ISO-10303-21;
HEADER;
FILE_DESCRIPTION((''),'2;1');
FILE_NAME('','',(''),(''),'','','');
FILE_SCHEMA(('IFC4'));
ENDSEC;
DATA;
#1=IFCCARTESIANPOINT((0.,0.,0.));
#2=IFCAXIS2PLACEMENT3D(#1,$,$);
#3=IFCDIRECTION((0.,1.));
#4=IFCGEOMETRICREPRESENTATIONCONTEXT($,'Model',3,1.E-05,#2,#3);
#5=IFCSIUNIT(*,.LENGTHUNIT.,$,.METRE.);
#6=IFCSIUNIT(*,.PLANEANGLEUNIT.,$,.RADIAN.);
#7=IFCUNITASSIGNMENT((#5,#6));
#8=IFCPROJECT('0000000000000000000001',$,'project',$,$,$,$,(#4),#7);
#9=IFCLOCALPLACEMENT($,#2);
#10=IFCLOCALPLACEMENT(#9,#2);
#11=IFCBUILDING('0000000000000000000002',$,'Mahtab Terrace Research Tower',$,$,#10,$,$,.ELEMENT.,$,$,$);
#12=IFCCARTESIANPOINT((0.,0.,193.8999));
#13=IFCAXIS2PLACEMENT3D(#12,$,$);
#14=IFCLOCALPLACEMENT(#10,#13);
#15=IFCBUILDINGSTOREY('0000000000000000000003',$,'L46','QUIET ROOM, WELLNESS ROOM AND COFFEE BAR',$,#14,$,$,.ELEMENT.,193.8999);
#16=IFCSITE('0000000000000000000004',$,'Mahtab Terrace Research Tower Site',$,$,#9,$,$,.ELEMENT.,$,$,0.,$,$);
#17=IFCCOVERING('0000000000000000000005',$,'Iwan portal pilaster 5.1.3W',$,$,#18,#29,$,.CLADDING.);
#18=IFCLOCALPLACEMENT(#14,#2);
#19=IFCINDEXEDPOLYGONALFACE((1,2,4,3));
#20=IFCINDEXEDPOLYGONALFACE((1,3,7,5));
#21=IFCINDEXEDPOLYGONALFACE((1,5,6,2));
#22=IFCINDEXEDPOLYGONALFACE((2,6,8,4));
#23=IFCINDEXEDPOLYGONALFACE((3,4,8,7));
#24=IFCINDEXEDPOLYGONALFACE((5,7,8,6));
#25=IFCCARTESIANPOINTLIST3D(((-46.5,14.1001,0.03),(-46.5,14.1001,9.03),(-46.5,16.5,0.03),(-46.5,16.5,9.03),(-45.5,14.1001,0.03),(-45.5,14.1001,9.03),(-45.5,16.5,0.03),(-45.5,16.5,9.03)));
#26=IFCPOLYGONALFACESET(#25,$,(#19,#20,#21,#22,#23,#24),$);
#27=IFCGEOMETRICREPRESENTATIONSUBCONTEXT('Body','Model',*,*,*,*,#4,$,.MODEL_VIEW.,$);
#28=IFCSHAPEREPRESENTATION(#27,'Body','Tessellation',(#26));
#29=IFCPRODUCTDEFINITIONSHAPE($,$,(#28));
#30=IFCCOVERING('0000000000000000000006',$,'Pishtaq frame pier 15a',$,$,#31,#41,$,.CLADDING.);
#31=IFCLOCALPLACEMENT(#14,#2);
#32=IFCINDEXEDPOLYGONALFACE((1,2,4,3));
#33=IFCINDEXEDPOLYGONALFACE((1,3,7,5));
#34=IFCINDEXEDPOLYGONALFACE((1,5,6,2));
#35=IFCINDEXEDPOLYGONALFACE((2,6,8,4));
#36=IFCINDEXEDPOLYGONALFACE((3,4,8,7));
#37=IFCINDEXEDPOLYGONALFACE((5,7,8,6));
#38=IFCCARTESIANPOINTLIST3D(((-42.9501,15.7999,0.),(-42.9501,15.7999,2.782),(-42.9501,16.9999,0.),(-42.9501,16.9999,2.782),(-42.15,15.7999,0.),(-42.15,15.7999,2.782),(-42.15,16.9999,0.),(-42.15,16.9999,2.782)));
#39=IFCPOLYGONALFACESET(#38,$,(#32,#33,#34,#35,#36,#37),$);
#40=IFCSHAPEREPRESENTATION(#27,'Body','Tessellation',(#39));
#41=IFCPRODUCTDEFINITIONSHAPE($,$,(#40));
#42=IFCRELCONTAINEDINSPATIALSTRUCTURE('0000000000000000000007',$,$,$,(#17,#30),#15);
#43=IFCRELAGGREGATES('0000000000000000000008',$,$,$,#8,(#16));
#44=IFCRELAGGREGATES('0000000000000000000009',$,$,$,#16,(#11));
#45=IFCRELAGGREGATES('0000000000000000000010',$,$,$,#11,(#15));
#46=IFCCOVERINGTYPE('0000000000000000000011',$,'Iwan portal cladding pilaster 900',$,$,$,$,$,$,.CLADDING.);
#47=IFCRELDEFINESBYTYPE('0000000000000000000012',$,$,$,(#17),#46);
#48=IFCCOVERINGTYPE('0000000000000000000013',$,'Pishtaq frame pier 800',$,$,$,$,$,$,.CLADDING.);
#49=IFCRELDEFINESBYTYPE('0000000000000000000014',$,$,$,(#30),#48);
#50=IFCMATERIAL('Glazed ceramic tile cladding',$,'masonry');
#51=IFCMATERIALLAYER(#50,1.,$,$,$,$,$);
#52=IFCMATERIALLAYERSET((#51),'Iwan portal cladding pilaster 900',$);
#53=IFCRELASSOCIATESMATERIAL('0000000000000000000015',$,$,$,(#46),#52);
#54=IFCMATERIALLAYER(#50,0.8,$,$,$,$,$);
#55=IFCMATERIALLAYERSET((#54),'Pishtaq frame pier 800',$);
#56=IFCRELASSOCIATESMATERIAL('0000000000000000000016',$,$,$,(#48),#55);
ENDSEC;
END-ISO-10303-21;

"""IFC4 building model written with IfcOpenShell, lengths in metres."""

from ifc_helpers import new_model, si_unit, direction, frame, origin, origin_2d, place, context, subcontext, project, spatial, rectangle, extrude, material, layer, layer_set, type_object, element, save


model = new_model("IFC4")

# Units and contexts
model_context = context("Model", 3, precision=1e-05, world=origin(), true_north=direction((0.0, 1.0)))
body_context = subcontext(model_context, "Body", "Model", "MODEL_VIEW")
ifc_project = project(units=[si_unit("LENGTHUNIT", "METRE"), si_unit("PLANEANGLEUNIT", "RADIAN")], contexts=[model_context])

# Site, building, storey
site_placement = place(None, origin())
site = spatial("IfcSite", under=ifc_project, at=site_placement, Name="Mahtab Terrace Research Tower Site", CompositionType="ELEMENT", RefElevation=0.0)
building_placement = place(site_placement, origin())
building = spatial("IfcBuilding", under=site, at=building_placement, Name="Mahtab Terrace Research Tower", CompositionType="ELEMENT")
storey_placement = place(building_placement, frame((0.0, 0.0, 193.8999)))
storey = spatial("IfcBuildingStorey", under=building, at=storey_placement, Name="L46", Description="QUIET ROOM, WELLNESS ROOM AND COFFEE BAR", CompositionType="ELEMENT", Elevation=193.8999)

# Coverings
ifc_material_1 = material(Name="Glazed ceramic tile cladding", Category="masonry")
ifc_layer_1 = layer(ifc_material_1, 1.0)
ifc_layer_set_1 = layer_set([ifc_layer_1], Name="Iwan portal cladding pilaster 900")
covering_type_1 = type_object("IfcCoveringType", Name="Iwan portal cladding pilaster 900", PredefinedType="CLADDING", material=ifc_layer_set_1)
covering_1_placement = place(storey_placement, frame((-46.0, 15.3, 0.03), z_axis=(0.0, 0.0, 1.0), x_axis=(0.0, -1.0, 0.0)))
element("IfcCovering", 1, at=covering_1_placement, inside=storey, type_object=covering_type_1, Name="Iwan portal pilaster 5.1.3W", PredefinedType="CLADDING", context=body_context, shape_type="SweptSolid", body=[
    extrude(rectangle(XDim=2.3999, YDim=1.0, at=origin_2d()), origin(), (0.0, 0.0, 1.0), 9.0),
])
ifc_layer_2 = layer(ifc_material_1, 0.8)
ifc_layer_set_2 = layer_set([ifc_layer_2], Name="Pishtaq frame pier 800")
covering_type_2 = type_object("IfcCoveringType", Name="Pishtaq frame pier 800", PredefinedType="CLADDING", material=ifc_layer_set_2)
covering_2_placement = place(storey_placement, frame((-42.55, 16.3999, 0.0), z_axis=(0.0, 0.0, 1.0), x_axis=(0.0, -1.0, 0.0)))
element("IfcCovering", 2, at=covering_2_placement, inside=storey, type_object=covering_type_2, Name="Pishtaq frame pier 15a", PredefinedType="CLADDING", context=body_context, shape_type="SweptSolid", body=[
    extrude(rectangle(XDim=1.2, YDim=0.8, at=origin_2d()), origin(), (0.0, 0.0, 1.0), 2.782),
])

save(model, "model.ifc")
